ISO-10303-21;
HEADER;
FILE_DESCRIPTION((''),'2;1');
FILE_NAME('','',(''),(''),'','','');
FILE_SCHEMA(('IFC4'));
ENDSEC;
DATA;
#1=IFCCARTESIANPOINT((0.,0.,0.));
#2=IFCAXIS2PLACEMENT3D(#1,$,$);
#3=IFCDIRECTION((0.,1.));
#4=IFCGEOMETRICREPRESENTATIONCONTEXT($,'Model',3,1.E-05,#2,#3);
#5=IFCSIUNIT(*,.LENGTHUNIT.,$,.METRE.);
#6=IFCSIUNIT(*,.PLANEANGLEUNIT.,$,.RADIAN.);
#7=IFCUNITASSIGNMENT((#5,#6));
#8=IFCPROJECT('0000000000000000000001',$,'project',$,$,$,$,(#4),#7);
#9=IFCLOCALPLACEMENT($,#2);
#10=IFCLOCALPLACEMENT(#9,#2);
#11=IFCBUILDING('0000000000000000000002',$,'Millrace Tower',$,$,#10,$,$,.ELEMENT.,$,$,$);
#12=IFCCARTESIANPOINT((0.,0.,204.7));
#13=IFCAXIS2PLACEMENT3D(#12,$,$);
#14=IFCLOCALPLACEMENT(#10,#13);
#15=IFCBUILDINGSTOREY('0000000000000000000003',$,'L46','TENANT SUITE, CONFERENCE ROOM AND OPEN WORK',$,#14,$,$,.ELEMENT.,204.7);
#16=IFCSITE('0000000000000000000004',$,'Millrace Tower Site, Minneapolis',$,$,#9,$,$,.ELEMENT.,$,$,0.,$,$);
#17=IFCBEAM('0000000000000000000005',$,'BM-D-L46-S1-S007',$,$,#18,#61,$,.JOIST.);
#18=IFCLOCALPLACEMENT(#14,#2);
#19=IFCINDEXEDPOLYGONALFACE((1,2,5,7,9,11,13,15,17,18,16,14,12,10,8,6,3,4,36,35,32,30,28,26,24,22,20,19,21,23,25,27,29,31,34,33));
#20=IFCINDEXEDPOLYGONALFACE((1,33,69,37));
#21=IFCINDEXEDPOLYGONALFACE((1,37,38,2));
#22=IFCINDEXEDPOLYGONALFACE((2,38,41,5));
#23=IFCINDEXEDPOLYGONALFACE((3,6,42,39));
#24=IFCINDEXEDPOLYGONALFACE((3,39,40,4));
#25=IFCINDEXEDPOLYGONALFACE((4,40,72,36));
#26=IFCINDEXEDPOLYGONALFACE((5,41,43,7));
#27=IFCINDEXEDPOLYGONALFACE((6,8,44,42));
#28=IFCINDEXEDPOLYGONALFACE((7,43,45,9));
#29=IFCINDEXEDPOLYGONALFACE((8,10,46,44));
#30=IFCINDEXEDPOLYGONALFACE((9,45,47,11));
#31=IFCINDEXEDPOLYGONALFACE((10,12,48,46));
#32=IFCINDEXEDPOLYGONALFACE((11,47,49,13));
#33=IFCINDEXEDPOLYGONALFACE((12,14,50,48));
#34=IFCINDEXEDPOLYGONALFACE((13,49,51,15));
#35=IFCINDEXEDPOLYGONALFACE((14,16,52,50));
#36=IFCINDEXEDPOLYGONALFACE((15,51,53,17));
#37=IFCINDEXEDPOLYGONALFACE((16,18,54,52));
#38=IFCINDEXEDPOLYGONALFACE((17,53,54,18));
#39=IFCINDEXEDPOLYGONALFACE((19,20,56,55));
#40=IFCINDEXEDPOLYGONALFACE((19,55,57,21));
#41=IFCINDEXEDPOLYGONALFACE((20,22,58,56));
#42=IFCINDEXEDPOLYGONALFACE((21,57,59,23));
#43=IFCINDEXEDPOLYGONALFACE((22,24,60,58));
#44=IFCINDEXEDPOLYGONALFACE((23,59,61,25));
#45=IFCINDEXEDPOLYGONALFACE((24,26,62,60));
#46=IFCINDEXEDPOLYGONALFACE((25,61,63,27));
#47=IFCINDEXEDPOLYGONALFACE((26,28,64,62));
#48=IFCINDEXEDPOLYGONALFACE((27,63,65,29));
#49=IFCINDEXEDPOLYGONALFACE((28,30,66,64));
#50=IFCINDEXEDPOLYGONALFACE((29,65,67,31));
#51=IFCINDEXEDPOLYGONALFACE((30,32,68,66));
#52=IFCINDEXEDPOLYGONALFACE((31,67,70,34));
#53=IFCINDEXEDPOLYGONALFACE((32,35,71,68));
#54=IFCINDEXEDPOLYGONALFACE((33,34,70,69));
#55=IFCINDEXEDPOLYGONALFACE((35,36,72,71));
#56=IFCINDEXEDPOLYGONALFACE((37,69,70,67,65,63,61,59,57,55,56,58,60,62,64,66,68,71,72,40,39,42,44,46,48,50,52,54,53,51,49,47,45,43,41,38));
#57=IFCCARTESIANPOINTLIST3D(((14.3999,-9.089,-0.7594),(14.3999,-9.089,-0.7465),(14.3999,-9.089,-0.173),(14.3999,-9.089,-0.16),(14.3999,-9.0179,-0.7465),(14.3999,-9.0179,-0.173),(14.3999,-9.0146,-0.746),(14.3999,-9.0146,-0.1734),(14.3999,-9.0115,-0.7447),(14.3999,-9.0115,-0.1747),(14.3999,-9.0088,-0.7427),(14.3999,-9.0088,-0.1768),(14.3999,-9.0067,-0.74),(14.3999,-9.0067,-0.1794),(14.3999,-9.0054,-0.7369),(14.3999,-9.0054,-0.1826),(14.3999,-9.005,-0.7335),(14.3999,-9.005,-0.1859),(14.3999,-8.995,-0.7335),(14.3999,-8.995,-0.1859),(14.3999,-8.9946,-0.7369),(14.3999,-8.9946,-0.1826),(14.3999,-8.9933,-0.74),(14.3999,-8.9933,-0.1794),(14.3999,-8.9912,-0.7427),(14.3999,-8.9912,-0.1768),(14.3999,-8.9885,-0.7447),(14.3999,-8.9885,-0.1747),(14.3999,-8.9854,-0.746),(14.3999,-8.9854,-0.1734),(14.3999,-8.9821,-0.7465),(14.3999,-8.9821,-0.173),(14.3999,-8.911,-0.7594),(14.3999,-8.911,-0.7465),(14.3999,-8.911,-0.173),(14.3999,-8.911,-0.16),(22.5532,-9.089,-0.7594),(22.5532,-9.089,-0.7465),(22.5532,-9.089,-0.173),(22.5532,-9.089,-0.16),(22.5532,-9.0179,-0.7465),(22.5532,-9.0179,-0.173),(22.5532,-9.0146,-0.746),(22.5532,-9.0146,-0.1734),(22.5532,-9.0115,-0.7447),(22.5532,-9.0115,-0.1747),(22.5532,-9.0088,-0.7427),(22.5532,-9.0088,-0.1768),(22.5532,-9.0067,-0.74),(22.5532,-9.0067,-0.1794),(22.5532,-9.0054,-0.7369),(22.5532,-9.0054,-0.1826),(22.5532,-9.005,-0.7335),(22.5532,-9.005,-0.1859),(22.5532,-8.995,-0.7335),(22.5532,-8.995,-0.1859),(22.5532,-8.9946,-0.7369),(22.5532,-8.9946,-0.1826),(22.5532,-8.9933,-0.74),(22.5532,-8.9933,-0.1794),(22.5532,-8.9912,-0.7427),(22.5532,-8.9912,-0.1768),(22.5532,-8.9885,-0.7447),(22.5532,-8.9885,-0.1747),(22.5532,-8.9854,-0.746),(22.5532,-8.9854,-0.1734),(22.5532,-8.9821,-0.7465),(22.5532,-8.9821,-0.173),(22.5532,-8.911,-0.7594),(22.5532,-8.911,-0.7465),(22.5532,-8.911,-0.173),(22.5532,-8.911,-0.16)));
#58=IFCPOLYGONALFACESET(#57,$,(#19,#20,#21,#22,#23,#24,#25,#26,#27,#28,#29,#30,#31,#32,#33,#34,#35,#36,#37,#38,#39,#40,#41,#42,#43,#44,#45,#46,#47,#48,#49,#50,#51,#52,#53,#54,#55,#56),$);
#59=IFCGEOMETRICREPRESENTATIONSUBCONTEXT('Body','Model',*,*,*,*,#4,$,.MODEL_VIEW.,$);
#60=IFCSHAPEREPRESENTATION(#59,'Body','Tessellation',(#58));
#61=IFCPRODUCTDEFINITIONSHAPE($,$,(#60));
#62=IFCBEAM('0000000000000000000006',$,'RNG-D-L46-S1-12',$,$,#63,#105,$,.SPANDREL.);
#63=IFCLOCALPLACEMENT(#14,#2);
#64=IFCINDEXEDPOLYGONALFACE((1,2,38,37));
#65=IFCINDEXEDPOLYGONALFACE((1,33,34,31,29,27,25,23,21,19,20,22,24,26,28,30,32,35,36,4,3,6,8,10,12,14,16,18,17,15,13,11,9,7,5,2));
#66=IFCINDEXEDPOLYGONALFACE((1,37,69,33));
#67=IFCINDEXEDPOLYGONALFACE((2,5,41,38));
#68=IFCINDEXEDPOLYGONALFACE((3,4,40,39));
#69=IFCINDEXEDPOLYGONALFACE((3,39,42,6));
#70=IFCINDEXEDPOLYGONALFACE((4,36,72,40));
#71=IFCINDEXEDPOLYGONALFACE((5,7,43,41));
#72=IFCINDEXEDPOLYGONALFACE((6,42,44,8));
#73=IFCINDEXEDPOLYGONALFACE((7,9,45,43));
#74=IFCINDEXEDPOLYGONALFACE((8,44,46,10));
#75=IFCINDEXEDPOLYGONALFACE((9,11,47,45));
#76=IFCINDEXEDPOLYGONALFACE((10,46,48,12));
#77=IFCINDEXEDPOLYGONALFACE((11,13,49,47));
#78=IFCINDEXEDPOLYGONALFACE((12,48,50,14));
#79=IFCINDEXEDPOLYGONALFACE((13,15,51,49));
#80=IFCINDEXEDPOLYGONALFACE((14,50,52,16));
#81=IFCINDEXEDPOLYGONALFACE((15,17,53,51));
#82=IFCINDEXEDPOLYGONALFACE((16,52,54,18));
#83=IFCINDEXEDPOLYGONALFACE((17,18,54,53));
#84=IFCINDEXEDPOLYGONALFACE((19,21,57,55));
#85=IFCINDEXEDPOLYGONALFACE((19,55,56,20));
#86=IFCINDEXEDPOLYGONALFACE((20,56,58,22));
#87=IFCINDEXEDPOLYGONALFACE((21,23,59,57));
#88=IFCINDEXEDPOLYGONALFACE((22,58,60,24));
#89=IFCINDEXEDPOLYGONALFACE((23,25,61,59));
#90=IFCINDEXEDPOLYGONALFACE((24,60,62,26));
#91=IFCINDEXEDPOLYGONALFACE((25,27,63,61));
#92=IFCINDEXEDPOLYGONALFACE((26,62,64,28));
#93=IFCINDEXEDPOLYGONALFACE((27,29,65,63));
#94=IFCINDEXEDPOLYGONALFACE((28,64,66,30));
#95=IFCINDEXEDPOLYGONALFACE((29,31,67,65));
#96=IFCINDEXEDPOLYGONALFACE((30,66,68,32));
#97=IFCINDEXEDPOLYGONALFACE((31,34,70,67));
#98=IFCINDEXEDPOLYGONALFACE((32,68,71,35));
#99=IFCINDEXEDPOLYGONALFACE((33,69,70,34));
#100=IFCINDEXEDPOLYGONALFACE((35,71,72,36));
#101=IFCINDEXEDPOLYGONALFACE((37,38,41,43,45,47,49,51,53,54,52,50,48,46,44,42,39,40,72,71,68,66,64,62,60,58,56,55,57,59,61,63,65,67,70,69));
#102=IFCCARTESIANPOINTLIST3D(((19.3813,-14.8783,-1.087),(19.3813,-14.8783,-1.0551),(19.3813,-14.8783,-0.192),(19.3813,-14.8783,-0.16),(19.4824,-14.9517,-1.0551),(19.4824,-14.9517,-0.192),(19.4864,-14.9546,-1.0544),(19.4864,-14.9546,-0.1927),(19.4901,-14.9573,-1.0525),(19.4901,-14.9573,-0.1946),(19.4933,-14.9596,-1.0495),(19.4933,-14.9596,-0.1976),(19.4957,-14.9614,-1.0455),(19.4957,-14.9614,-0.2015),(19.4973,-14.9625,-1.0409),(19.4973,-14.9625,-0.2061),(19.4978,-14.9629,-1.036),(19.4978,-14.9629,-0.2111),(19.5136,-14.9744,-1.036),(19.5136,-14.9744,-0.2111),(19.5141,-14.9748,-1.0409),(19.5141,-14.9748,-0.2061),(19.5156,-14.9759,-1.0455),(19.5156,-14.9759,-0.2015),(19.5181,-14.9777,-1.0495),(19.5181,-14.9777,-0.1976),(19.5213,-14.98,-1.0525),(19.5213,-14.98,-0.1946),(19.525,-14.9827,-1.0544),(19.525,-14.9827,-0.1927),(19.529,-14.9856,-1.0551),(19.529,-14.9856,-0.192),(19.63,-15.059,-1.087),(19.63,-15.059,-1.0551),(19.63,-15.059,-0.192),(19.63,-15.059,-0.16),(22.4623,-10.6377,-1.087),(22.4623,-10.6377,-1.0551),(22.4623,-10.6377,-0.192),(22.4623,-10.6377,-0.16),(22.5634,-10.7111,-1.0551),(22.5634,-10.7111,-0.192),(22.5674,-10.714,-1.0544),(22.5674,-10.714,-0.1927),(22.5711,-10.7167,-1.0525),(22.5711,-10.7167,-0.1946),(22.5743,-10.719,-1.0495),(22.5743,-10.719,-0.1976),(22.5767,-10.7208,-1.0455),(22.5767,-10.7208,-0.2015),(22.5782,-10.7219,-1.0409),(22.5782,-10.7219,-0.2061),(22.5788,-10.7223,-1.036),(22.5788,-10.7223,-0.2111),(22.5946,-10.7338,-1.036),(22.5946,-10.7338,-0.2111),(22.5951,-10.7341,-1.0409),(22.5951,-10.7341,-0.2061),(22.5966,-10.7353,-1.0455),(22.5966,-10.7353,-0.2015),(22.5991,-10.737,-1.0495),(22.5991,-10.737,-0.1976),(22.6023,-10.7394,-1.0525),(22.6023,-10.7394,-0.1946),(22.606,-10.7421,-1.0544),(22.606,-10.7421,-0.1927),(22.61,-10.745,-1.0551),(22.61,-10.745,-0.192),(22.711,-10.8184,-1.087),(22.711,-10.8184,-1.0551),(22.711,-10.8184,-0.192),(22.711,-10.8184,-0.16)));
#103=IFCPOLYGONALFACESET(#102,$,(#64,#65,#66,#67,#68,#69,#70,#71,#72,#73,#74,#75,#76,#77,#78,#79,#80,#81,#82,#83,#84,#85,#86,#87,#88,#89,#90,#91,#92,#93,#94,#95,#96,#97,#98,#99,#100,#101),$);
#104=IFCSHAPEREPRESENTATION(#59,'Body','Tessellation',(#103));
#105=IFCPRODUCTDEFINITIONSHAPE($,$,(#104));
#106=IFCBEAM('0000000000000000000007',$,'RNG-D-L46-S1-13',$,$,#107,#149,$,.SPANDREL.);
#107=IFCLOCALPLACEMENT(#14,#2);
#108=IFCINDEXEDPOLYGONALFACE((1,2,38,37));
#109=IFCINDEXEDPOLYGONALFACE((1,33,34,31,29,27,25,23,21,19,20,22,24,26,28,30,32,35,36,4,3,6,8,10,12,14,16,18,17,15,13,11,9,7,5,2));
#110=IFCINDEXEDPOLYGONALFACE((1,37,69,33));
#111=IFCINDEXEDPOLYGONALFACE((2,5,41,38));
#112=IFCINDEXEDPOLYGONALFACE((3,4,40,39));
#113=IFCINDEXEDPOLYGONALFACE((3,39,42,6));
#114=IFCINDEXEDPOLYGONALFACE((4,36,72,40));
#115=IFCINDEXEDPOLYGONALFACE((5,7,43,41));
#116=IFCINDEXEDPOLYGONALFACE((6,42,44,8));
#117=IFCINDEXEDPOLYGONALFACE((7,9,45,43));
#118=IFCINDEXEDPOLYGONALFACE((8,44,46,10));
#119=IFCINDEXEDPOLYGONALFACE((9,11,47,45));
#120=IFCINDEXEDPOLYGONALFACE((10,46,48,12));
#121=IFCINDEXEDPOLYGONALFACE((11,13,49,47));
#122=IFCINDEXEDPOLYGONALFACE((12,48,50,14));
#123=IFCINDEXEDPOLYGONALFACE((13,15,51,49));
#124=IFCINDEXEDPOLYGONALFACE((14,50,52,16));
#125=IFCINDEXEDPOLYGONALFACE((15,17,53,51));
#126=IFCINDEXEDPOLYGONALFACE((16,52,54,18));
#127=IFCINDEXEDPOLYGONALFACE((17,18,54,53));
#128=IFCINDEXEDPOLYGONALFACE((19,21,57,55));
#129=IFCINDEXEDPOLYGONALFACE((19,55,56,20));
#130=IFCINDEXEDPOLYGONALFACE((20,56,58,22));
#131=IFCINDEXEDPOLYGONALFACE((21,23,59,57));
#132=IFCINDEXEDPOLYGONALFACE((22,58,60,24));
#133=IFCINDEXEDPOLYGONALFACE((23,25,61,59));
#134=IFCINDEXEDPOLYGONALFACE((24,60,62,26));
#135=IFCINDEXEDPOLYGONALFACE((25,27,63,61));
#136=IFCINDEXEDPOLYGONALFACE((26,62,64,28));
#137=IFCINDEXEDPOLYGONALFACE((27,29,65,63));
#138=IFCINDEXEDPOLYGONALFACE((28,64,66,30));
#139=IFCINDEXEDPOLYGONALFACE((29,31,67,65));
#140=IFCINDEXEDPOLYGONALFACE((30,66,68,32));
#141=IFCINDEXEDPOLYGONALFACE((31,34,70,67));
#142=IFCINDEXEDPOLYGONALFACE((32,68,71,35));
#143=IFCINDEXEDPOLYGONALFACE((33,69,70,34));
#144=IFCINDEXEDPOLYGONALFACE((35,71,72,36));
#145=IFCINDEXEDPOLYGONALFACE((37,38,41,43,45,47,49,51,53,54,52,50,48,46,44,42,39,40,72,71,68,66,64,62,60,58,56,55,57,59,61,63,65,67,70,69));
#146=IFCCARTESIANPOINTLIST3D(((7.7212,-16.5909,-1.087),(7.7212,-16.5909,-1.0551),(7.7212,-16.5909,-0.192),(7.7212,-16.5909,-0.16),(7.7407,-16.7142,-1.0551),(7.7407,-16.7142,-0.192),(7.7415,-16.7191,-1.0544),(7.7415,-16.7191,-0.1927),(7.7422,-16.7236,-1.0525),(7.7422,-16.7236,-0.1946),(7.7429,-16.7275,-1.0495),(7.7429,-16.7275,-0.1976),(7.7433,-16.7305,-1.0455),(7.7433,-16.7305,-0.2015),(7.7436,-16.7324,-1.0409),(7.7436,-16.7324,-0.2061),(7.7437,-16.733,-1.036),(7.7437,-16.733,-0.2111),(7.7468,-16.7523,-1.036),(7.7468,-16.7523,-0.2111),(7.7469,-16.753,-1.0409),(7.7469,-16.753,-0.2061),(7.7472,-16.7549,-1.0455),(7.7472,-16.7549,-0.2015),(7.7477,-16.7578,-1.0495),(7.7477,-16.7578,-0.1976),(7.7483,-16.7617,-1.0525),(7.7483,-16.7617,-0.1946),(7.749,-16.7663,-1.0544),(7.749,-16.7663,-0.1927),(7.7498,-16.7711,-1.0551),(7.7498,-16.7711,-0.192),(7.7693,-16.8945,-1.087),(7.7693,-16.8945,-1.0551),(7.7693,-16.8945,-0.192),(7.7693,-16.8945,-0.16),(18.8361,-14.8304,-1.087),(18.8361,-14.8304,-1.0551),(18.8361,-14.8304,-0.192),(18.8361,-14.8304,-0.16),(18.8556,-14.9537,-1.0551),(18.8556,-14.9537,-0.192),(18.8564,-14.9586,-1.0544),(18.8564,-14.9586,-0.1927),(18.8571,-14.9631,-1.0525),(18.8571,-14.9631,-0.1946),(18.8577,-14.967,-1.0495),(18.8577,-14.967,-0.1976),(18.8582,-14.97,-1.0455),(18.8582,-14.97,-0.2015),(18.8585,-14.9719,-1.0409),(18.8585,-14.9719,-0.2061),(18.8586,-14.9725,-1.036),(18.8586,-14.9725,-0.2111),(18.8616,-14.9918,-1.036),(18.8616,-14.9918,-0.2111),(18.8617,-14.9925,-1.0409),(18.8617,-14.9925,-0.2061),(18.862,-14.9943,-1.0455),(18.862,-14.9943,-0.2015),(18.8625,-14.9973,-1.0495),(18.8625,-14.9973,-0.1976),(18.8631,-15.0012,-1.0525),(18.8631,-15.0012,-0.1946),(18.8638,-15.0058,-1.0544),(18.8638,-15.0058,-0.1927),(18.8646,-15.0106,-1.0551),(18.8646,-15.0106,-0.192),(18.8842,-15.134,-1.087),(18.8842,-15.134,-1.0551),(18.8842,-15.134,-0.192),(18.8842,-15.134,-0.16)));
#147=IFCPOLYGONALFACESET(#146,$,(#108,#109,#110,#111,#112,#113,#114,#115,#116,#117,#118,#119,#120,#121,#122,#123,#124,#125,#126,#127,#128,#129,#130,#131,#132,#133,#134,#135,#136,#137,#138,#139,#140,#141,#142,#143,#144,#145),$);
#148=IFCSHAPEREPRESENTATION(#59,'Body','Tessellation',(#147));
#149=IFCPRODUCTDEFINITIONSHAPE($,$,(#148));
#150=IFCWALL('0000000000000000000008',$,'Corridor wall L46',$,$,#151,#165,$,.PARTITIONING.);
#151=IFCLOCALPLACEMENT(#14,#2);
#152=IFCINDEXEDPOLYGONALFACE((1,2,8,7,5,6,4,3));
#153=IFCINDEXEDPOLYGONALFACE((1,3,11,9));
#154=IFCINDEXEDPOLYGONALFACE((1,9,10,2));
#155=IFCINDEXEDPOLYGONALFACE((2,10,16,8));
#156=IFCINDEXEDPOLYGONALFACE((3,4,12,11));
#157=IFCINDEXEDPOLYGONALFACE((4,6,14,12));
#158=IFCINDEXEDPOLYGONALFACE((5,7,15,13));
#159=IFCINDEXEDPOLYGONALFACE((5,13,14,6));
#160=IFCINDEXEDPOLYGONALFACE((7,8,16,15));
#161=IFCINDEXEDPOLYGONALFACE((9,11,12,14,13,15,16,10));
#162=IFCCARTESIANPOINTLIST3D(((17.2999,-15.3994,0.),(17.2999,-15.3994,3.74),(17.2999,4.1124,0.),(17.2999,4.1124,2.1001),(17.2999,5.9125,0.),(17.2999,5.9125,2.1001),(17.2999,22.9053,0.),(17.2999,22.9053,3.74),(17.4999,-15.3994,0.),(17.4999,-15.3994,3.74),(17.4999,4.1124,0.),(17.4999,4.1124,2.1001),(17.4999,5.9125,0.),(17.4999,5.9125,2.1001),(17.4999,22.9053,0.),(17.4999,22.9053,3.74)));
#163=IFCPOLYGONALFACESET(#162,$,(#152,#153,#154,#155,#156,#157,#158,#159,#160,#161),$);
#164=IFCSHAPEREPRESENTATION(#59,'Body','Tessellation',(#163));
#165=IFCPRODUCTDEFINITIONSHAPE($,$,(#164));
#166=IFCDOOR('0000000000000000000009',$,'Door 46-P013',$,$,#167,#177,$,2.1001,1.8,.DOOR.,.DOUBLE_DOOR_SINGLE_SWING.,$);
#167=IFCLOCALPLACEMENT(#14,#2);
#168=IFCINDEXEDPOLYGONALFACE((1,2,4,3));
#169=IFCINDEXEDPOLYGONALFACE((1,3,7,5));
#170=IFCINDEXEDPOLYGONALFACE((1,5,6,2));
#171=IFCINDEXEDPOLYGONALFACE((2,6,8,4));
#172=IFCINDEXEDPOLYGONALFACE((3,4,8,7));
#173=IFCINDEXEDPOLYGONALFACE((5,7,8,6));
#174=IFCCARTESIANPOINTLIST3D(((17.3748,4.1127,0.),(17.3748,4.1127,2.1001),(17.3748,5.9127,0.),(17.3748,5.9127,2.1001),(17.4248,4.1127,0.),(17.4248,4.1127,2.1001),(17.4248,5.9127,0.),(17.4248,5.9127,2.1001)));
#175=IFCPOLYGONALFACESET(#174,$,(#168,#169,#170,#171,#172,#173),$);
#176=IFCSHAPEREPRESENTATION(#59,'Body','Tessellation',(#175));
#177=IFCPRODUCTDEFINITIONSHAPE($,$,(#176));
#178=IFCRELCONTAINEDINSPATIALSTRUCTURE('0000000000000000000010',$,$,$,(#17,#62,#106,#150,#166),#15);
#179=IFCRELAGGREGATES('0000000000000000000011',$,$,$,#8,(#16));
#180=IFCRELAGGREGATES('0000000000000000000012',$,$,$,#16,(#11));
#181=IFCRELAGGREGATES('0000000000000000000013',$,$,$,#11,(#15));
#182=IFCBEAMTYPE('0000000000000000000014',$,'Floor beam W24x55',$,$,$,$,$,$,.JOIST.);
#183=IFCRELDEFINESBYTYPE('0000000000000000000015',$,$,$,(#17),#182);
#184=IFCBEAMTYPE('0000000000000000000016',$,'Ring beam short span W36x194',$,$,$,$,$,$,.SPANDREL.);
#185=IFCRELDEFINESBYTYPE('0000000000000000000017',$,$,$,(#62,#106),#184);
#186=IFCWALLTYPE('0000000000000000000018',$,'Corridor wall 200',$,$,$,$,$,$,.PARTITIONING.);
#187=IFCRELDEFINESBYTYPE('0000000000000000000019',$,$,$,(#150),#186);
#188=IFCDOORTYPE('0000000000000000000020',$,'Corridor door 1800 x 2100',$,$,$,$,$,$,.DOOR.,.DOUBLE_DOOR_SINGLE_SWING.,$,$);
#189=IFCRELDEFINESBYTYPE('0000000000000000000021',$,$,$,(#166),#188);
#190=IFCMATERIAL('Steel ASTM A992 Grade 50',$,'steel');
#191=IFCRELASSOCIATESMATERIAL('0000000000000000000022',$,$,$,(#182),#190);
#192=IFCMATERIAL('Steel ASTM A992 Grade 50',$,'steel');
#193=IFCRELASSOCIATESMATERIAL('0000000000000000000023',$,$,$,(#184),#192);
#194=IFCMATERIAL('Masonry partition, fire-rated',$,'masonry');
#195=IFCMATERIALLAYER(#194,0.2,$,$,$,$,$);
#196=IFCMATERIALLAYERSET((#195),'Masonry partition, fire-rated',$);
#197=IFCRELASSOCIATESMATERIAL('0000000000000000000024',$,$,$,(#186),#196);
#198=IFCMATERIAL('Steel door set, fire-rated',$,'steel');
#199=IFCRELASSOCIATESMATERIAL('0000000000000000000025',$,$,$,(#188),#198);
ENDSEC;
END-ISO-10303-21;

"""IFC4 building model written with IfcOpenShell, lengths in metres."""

from ifc_helpers import new_model, si_unit, direction, frame, frame_2d, origin, origin_2d, place, context, subcontext, project, spatial, rectangle, i_section, extrude, material, layer, layer_set, material_profile, profile_set, type_object, element, fill, save


model = new_model("IFC4")

# Units and contexts
model_context = context("Model", 3, precision=1e-05, world=origin(), true_north=direction((0.0, 1.0)))
body_context = subcontext(model_context, "Body", "Model", "MODEL_VIEW")
ifc_project = project(units=[si_unit("LENGTHUNIT", "METRE"), si_unit("PLANEANGLEUNIT", "RADIAN")], contexts=[model_context])

# Site, building, storey
site_placement = place(None, origin())
site = spatial("IfcSite", under=ifc_project, at=site_placement, Name="Millrace Tower Site, Minneapolis", CompositionType="ELEMENT", RefElevation=0.0)
building_placement = place(site_placement, origin())
building = spatial("IfcBuilding", under=site, at=building_placement, Name="Millrace Tower", CompositionType="ELEMENT")
storey_placement = place(building_placement, frame((0.0, 0.0, 204.7)))
storey = spatial("IfcBuildingStorey", under=building, at=storey_placement, Name="L46", Description="TENANT SUITE, CONFERENCE ROOM AND OPEN WORK", CompositionType="ELEMENT", Elevation=204.7)

# Beams
ifc_material_1 = material(Name="Steel ASTM A992 Grade 50", Category="steel")
ifc_material_profile_1 = material_profile(ifc_material_1, i_section(OverallWidth=0.178, OverallDepth=0.5994, WebThickness=0.01, FlangeThickness=0.0129, FilletRadius=0.0129, at=origin_2d()))
ifc_profile_set_1 = profile_set([ifc_material_profile_1], Name="Steel ASTM A992 Grade 50")
beam_type_1 = type_object("IfcBeamType", Name="Floor beam W24x55", PredefinedType="JOIST", material=ifc_profile_set_1)
beam_1_placement = place(storey_placement, frame((14.3999, -9.0, -0.4597), z_axis=(1.0, 0.0, 0.0), x_axis=(0.0, 1.0, 0.0)))
element("IfcBeam", 1, at=beam_1_placement, inside=storey, type_object=beam_type_1, Name="BM-D-L46-S1-S007", PredefinedType="JOIST", context=body_context, shape_type="SweptSolid", body=[
    extrude(i_section(OverallWidth=0.178, OverallDepth=0.5994, WebThickness=0.01, FlangeThickness=0.0129, FilletRadius=0.0129, at=origin_2d()), origin(), (0.0, 0.0, 1.0), 8.1533),
])
ifc_material_2 = material(Name="Steel ASTM A992 Grade 50", Category="steel")
ifc_material_profile_2 = material_profile(ifc_material_2, i_section(OverallWidth=0.3074, OverallDepth=0.927, WebThickness=0.0195, FlangeThickness=0.032, FilletRadius=0.019, at=origin_2d()))
ifc_profile_set_2 = profile_set([ifc_material_profile_2], Name="Steel ASTM A992 Grade 50")
beam_type_2 = type_object("IfcBeamType", Name="Ring beam short span W36x194", PredefinedType="SPANDREL", material=ifc_profile_set_2)
beam_2_placement = place(storey_placement, frame((22.5867, -10.728, -0.6235), z_axis=(-0.587784, -0.809018, 0.0), x_axis=(0.809018, -0.587784, 0.0)))
element("IfcBeam", 2, at=beam_2_placement, inside=storey, type_object=beam_type_2, Name="RNG-D-L46-S1-12", PredefinedType="SPANDREL", context=body_context, shape_type="SweptSolid", body=[
    extrude(i_section(OverallWidth=0.3074, OverallDepth=0.927, WebThickness=0.0195, FlangeThickness=0.032, FilletRadius=0.019, at=origin_2d()), origin(), (0.0, 0.0, 1.0), 5.2417),
])
beam_3_placement = place(storey_placement, frame((18.8601, -14.9822, -0.6235), z_axis=(-0.987687, -0.156443, 0.0), x_axis=(0.156443, -0.987687, 0.0)))
element("IfcBeam", 3, at=beam_3_placement, inside=storey, type_object=beam_type_2, Name="RNG-D-L46-S1-13", PredefinedType="SPANDREL", context=body_context, shape_type="SweptSolid", body=[
    extrude(i_section(OverallWidth=0.3074, OverallDepth=0.927, WebThickness=0.0195, FlangeThickness=0.032, FilletRadius=0.019, at=origin_2d()), origin(), (0.0, 0.0, 1.0), 11.2534),
])

# Wall, opening, door
ifc_material_3 = material(Name="Masonry partition, fire-rated", Category="masonry")
ifc_layer_1 = layer(ifc_material_3, 0.2)
ifc_layer_set_1 = layer_set([ifc_layer_1], Name="Masonry partition, fire-rated")
wall_type = type_object("IfcWallType", Name="Corridor wall 200", PredefinedType="PARTITIONING", material=ifc_layer_set_1)
wall_placement = place(storey_placement, frame((17.3999, -15.3994, 0.0), z_axis=(0.0, 0.0, 1.0), x_axis=(0.0, 1.0, 0.0)))
wall = element("IfcWall", 4, at=wall_placement, inside=storey, type_object=wall_type, Name="Corridor wall L46", PredefinedType="PARTITIONING", context=body_context, shape_type="SweptSolid", body=[
    extrude(rectangle(XDim=38.3047, YDim=0.2, at=frame_2d((19.1523, 0.0))), origin(), (0.0, 0.0, 1.0), 3.74),
])
opening_placement = place(wall_placement, frame((19.512, 0.0, 0.0)))
opening = element("IfcOpeningElement", 5, at=opening_placement, cuts=wall, PredefinedType="OPENING", context=body_context, shape_type="SweptSolid", body=[
    extrude(rectangle(XDim=1.8, YDim=2.1001, at=frame_2d((0.8999, 1.05))), frame((0.0, 0.1099, 0.0), z_axis=(0.0, -1.0, 0.0), x_axis=(1.0, 0.0, 0.0)), (0.0, 0.0, 1.0), 0.22),
])
ifc_material_4 = material(Name="Steel door set, fire-rated", Category="steel")
door_type = type_object("IfcDoorType", Name="Corridor door 1800 x 2100", OperationType="DOUBLE_DOOR_SINGLE_SWING", PredefinedType="DOOR", material=ifc_material_4)
door_placement = place(opening_placement, frame((1.8, 0.0, 0.0), z_axis=(0.0, 0.0, 1.0), x_axis=(-1.0, 0.0, 0.0)))
door = element("IfcDoor", 6, at=door_placement, inside=storey, type_object=door_type, Name="Door 46-P013", OperationType="DOUBLE_DOOR_SINGLE_SWING", OverallHeight=2.1001, OverallWidth=1.8, PredefinedType="DOOR", context=body_context, shape_type="SweptSolid", body=[
    extrude(rectangle(XDim=1.8, YDim=2.1001, at=frame_2d((0.8999, 1.05))), frame((0.0, 0.0249, 0.0), z_axis=(0.0, -1.0, 0.0), x_axis=(1.0, 0.0, 0.0)), (0.0, 0.0, 1.0), 0.05),
])
fill(opening, door)

save(model, "model.ifc")
